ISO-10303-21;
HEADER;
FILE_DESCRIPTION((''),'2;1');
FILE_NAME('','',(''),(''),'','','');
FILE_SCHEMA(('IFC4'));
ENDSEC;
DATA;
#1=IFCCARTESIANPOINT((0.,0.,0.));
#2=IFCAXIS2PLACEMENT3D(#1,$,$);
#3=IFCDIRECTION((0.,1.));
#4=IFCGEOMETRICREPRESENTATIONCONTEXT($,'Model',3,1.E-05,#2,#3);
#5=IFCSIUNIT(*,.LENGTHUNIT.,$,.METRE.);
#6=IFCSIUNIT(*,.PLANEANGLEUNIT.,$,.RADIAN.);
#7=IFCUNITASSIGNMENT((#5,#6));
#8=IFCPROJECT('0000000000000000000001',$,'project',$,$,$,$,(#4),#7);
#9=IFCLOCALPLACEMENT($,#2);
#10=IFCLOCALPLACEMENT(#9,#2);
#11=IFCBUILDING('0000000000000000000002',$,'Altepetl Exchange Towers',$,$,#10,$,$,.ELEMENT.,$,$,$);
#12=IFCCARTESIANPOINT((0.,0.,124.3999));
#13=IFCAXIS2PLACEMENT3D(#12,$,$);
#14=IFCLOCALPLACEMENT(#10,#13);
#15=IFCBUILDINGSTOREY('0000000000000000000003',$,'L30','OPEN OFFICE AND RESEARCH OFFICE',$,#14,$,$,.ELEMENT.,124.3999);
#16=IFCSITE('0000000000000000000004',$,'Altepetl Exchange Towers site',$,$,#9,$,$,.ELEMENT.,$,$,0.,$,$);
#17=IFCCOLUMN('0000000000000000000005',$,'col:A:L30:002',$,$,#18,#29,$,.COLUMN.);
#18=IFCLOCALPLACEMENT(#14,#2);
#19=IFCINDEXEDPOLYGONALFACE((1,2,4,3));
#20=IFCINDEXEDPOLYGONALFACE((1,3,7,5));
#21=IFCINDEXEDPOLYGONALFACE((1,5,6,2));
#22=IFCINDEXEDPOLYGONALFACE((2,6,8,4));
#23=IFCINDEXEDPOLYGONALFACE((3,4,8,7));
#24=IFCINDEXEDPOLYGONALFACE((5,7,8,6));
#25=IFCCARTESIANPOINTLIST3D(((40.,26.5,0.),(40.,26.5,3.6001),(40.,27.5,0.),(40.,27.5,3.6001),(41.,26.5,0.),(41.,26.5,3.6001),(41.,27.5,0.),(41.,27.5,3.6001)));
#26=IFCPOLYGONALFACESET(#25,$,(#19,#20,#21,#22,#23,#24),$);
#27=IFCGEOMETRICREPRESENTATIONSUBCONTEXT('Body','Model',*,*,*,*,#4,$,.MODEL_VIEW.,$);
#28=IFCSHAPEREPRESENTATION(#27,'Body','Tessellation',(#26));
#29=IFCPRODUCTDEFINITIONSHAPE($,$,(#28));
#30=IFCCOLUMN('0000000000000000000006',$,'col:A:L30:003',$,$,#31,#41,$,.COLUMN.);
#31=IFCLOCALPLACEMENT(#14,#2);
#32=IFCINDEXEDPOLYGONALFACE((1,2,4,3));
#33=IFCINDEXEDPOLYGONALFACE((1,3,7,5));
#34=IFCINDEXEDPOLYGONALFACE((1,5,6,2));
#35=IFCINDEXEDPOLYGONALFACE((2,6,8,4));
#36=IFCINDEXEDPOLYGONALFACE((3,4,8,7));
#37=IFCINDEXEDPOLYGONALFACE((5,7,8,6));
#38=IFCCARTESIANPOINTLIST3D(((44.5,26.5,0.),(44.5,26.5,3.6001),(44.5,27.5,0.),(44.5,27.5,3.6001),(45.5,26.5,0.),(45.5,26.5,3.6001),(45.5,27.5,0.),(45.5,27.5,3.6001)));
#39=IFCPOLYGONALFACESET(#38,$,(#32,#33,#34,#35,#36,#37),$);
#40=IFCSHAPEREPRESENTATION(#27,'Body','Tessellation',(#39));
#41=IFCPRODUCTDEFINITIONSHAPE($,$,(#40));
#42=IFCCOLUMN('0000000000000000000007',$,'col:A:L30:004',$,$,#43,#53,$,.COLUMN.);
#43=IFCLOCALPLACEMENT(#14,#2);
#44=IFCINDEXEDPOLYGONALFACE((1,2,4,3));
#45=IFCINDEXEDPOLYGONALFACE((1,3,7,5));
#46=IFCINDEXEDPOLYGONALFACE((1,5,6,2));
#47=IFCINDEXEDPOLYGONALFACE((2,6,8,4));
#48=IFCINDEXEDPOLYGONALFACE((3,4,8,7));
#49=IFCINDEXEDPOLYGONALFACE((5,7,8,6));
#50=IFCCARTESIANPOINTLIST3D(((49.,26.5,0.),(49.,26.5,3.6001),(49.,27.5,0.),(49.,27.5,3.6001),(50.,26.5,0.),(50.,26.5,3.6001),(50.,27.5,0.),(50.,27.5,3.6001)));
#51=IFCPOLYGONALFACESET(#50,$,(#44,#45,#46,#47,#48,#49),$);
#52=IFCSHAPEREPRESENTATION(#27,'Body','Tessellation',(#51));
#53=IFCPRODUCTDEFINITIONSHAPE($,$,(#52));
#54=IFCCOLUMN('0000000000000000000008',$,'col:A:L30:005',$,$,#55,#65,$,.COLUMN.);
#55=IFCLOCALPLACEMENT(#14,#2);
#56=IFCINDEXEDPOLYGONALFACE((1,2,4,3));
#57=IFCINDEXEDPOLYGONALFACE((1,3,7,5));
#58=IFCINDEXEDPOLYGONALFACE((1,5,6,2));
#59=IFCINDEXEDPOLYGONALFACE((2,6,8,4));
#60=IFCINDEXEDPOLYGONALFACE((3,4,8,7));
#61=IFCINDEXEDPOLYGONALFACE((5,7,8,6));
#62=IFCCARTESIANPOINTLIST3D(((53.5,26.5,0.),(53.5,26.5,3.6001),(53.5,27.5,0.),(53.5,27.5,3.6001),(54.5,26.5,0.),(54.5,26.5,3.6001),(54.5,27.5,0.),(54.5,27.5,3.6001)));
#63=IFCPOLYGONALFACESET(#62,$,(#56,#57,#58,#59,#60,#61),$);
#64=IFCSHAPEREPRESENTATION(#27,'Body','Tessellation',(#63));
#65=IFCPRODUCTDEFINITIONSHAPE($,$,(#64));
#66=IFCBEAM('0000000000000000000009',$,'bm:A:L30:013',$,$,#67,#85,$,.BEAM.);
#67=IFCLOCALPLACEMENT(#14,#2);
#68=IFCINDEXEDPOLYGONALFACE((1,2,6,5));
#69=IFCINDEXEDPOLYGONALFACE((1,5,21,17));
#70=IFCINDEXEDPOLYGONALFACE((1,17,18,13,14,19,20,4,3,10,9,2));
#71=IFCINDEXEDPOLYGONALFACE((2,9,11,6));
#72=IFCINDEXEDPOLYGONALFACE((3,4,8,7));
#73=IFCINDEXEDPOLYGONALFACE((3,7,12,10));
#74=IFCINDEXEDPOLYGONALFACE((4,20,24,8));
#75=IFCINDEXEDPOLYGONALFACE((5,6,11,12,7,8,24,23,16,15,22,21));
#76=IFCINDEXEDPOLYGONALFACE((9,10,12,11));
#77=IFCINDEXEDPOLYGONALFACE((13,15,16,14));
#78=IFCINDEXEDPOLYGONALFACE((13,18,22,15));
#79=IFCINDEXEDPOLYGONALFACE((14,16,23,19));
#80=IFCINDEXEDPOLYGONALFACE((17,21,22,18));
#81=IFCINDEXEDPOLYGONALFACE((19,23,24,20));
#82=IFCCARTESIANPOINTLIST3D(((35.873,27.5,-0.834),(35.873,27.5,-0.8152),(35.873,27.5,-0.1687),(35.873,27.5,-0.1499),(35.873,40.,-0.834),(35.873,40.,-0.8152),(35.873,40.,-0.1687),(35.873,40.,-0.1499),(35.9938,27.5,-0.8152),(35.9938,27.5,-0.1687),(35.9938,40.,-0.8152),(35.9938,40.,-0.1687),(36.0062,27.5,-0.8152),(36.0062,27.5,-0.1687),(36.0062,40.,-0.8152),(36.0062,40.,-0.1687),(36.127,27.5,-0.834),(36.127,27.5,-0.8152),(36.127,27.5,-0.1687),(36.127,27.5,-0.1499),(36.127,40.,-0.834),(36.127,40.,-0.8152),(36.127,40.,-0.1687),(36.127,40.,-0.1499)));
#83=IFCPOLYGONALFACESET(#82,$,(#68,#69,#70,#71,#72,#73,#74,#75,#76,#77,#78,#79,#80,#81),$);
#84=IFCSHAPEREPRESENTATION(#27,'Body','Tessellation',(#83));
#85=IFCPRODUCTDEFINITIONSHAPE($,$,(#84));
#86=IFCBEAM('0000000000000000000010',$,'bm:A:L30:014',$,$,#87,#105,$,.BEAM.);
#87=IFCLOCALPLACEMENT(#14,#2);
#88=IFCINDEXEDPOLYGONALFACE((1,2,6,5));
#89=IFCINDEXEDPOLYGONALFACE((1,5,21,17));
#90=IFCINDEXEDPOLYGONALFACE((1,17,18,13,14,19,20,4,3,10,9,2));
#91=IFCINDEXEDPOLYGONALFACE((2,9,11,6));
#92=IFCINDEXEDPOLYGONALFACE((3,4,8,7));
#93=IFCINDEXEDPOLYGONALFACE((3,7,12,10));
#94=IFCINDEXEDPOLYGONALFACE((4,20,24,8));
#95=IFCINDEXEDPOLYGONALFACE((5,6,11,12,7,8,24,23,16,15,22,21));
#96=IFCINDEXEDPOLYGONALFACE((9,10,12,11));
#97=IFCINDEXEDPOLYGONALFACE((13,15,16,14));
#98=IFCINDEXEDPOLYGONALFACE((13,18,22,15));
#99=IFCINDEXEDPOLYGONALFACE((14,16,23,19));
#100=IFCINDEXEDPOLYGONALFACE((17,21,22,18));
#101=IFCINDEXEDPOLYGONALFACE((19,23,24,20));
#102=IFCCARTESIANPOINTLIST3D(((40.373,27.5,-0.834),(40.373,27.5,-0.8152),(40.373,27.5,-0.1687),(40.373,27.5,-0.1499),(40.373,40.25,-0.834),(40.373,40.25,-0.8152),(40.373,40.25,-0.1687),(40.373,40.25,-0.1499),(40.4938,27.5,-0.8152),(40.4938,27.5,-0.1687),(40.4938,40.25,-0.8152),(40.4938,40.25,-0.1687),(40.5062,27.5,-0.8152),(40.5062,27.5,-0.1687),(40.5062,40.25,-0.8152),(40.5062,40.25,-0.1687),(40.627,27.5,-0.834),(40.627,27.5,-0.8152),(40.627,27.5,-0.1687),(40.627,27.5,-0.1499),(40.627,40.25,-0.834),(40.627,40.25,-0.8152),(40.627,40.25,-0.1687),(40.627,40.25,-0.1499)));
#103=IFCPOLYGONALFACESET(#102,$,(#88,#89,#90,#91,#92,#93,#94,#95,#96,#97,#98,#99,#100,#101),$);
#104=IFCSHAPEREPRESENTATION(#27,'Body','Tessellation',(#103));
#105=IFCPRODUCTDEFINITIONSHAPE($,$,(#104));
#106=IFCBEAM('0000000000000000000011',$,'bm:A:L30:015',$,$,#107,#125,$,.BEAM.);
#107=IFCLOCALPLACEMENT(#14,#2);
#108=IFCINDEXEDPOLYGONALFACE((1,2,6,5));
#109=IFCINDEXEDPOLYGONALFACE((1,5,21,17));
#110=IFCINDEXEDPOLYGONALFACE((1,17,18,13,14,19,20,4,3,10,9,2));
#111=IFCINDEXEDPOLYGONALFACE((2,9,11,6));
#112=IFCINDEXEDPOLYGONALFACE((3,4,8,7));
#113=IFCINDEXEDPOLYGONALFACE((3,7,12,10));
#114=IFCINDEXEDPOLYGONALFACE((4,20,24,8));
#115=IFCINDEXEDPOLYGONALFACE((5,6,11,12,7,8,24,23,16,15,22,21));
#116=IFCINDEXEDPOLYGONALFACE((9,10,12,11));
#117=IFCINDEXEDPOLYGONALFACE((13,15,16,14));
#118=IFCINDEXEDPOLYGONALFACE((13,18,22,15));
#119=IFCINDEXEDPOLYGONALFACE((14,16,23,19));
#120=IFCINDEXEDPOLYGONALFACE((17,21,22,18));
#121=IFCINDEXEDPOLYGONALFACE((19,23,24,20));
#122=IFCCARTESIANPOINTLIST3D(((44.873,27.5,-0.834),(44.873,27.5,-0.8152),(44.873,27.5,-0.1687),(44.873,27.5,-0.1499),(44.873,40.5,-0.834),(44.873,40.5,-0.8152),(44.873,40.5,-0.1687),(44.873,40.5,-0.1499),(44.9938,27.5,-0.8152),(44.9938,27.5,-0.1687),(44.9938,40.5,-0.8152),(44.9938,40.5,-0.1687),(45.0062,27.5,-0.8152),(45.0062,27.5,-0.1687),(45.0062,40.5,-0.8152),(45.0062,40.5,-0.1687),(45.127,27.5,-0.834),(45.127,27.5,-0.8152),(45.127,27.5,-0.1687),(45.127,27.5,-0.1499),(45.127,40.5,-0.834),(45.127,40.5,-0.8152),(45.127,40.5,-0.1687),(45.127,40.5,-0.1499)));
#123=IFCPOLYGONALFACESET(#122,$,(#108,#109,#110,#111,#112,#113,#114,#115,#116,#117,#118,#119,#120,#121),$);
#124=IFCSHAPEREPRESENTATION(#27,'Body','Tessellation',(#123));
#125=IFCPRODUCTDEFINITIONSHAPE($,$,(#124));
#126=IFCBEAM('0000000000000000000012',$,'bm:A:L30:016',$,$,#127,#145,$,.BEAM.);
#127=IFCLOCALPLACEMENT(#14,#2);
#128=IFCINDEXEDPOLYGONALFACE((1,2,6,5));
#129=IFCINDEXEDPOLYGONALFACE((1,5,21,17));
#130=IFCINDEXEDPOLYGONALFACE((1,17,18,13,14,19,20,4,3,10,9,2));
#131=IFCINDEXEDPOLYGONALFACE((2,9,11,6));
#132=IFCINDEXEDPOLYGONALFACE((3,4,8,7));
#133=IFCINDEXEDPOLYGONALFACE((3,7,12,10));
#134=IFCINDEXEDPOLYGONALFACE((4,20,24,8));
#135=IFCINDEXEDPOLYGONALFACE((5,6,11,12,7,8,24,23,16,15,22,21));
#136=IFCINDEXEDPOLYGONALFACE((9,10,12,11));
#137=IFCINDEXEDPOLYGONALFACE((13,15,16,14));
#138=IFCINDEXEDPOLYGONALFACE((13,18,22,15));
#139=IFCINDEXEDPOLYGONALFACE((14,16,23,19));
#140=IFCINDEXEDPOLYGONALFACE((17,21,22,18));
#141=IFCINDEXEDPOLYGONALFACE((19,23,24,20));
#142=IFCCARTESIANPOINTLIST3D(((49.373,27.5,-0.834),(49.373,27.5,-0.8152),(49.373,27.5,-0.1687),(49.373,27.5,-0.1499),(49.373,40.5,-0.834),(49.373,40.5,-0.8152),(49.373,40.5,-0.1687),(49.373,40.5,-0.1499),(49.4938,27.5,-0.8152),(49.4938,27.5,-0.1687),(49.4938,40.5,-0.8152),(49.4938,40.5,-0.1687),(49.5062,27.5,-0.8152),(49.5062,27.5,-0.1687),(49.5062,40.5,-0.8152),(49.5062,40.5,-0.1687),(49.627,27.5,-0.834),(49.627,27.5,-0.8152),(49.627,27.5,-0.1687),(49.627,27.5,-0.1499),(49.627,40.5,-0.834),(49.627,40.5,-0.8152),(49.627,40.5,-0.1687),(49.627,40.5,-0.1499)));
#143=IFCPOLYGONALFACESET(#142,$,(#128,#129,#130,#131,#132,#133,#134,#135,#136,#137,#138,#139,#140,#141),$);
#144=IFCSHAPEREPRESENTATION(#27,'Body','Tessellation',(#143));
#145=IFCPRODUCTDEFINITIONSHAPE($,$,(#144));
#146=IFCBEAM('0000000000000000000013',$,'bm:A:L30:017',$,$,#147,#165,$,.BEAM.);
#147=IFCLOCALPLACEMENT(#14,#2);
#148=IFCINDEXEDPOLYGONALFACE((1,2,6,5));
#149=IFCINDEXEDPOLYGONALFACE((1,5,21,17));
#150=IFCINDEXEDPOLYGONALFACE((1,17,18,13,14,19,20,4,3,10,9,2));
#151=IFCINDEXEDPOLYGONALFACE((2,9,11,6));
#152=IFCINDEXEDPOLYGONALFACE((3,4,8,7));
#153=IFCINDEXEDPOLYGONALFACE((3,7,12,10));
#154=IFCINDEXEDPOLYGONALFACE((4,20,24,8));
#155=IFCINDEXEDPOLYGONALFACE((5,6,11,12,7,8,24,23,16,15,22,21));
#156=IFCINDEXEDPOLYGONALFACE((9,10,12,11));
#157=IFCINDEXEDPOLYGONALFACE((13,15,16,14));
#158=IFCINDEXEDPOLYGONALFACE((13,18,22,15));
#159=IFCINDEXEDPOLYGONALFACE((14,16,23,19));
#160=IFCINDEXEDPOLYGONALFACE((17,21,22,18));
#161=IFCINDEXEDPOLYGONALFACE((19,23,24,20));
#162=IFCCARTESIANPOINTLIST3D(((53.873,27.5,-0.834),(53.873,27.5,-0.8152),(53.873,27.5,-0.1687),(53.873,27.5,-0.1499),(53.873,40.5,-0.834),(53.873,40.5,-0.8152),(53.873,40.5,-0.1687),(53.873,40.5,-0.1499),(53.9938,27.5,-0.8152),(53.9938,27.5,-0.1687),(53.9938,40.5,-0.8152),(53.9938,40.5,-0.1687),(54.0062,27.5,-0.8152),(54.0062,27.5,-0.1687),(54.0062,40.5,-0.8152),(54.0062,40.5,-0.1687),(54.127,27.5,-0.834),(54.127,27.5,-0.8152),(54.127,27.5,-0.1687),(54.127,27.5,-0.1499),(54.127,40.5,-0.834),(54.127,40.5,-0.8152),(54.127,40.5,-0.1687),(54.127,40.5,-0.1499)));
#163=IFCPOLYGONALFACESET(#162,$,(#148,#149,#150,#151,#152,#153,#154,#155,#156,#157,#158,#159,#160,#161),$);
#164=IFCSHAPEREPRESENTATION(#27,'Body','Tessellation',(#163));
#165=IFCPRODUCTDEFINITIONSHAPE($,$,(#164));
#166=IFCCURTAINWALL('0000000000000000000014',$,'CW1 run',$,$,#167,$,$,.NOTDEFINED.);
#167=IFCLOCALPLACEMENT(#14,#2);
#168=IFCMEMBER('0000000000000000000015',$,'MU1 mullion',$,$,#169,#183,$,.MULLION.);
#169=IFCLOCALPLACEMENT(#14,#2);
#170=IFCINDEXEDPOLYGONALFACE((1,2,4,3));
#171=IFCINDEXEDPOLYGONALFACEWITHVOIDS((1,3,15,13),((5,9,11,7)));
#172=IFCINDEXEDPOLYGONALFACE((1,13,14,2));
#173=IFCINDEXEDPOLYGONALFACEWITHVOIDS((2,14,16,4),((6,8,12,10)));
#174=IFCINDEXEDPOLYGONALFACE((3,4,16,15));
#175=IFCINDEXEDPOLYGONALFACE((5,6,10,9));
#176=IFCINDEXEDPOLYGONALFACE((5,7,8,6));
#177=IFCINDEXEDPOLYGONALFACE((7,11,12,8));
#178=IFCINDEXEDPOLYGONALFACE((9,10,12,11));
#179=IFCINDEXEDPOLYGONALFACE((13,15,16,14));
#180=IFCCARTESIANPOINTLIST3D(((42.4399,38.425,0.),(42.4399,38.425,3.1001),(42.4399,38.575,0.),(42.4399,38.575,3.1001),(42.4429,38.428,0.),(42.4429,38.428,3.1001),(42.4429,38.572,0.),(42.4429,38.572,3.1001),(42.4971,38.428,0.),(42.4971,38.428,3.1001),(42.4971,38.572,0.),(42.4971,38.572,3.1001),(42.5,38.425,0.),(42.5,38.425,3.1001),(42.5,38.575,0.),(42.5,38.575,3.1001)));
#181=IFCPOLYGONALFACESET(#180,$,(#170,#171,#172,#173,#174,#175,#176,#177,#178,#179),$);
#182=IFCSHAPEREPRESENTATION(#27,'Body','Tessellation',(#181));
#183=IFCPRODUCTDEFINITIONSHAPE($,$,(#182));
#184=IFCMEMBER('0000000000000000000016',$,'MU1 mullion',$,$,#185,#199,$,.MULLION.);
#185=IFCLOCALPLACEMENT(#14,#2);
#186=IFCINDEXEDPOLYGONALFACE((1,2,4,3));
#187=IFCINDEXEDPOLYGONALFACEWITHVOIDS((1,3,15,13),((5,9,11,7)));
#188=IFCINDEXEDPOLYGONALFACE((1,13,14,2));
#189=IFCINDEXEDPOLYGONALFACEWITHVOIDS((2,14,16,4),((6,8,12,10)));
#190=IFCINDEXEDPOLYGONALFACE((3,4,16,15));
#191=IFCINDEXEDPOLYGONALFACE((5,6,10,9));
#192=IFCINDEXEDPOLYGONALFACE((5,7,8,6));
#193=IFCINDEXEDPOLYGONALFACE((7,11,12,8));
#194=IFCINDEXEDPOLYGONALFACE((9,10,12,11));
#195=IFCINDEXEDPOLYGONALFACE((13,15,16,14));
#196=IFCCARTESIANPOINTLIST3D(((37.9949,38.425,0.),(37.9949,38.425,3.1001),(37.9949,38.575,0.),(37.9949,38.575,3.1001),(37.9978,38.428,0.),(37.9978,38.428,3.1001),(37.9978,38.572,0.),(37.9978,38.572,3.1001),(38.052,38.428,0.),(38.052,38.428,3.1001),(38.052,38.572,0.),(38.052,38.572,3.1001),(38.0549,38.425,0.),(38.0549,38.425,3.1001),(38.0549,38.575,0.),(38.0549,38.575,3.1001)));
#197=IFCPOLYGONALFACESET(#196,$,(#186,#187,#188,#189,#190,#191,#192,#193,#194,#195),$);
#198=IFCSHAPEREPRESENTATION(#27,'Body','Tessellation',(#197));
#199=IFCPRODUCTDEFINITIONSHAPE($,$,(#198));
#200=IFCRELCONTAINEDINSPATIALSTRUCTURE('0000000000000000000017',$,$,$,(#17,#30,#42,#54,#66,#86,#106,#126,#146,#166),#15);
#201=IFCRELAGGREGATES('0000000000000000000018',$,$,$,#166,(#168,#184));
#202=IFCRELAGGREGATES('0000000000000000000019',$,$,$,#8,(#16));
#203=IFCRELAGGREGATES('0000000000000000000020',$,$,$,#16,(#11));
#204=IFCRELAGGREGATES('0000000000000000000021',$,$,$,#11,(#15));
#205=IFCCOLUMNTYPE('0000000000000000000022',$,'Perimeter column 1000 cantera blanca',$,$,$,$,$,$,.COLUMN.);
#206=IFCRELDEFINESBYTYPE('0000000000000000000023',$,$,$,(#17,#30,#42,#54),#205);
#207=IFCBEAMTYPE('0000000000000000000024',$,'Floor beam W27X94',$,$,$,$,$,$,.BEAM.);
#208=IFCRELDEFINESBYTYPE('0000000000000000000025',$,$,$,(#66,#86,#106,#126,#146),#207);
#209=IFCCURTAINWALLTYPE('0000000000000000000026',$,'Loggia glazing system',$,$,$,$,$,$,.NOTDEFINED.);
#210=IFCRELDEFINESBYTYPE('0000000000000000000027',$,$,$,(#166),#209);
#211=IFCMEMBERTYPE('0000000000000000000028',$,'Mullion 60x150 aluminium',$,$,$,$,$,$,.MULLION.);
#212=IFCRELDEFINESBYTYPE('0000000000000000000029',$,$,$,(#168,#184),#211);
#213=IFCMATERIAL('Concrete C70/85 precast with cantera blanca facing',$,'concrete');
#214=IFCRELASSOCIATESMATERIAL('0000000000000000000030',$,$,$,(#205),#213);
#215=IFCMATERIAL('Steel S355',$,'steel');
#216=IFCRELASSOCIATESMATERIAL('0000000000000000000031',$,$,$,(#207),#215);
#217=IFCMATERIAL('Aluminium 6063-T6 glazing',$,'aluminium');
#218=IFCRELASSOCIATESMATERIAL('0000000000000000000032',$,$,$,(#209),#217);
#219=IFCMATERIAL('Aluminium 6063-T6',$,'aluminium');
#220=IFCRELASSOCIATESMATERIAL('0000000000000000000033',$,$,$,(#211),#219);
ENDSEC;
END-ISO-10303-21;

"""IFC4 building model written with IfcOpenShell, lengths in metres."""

from ifc_helpers import new_model, si_unit, direction, frame, origin, origin_2d, place, context, subcontext, project, spatial, rectangle, hollow_rectangle, i_section, extrude, material, material_profile, profile_set, type_object, element, aggregate, save


model = new_model("IFC4")

# Units and contexts
model_context = context("Model", 3, precision=1e-05, world=origin(), true_north=direction((0.0, 1.0)))
body_context = subcontext(model_context, "Body", "Model", "MODEL_VIEW")
ifc_project = project(units=[si_unit("LENGTHUNIT", "METRE"), si_unit("PLANEANGLEUNIT", "RADIAN")], contexts=[model_context])

# Site, building, storey
site_placement = place(None, origin())
site = spatial("IfcSite", under=ifc_project, at=site_placement, Name="Altepetl Exchange Towers site", CompositionType="ELEMENT", RefElevation=0.0)
building_placement = place(site_placement, origin())
building = spatial("IfcBuilding", under=site, at=building_placement, Name="Altepetl Exchange Towers", CompositionType="ELEMENT")
storey_placement = place(building_placement, frame((0.0, 0.0, 124.3999)))
storey = spatial("IfcBuildingStorey", under=building, at=storey_placement, Name="L30", Description="OPEN OFFICE AND RESEARCH OFFICE", CompositionType="ELEMENT", Elevation=124.3999)

# Columns
ifc_material_1 = material(Name="Concrete C70/85 precast with cantera blanca facing", Category="concrete")
ifc_material_profile_1 = material_profile(ifc_material_1, rectangle(XDim=1.0, YDim=1.0, at=origin_2d()), Name="1000 x 1000")
ifc_profile_set_1 = profile_set([ifc_material_profile_1], Name="Concrete C70/85 precast with cantera blanca facing")
column_type = type_object("IfcColumnType", Name="Perimeter column 1000 cantera blanca", PredefinedType="COLUMN", material=ifc_profile_set_1)
for number, where, name in (
    (1, (40.5, 27.0, 0.0), "col:A:L30:002"),
    (2, (45.0, 27.0, 0.0), "col:A:L30:003"),
    (3, (49.5, 27.0, 0.0), "col:A:L30:004"),
    (4, (54.0, 27.0, 0.0), "col:A:L30:005"),
):
    element("IfcColumn", number, at=place(storey_placement, frame(where)), inside=storey, type_object=column_type, Name=name, PredefinedType="COLUMN", context=body_context, shape_type="SweptSolid", body=[
        extrude(rectangle(XDim=1.0, YDim=1.0, at=origin_2d()), origin(), (0.0, 0.0, 1.0), 3.6001),
    ])

# Beams
ifc_material_2 = material(Name="Steel S355", Category="steel")
ifc_material_profile_2 = material_profile(ifc_material_2, i_section(OverallWidth=0.2539, OverallDepth=0.6841, WebThickness=0.0125, FlangeThickness=0.0188, at=origin_2d()), Name="W27X94")
ifc_profile_set_2 = profile_set([ifc_material_profile_2], Name="Steel S355")
beam_type_1 = type_object("IfcBeamType", Name="Floor beam W27X94", PredefinedType="BEAM", material=ifc_profile_set_2)
beam_1_placement = place(storey_placement, frame((36.0, 27.5, -0.4919), z_axis=(0.0, 1.0, 0.0), x_axis=(-1.0, 0.0, 0.0)))
element("IfcBeam", 5, at=beam_1_placement, inside=storey, type_object=beam_type_1, Name="bm:A:L30:013", PredefinedType="BEAM", context=body_context, shape_type="SweptSolid", body=[
    extrude(i_section(OverallWidth=0.2539, OverallDepth=0.6841, WebThickness=0.0125, FlangeThickness=0.0188, at=origin_2d()), origin(), (0.0, 0.0, 1.0), 12.5),
])
beam_2_placement = place(storey_placement, frame((40.5, 27.5, -0.4919), z_axis=(0.0, 1.0, 0.0), x_axis=(-1.0, 0.0, 0.0)))
element("IfcBeam", 6, at=beam_2_placement, inside=storey, type_object=beam_type_1, Name="bm:A:L30:014", PredefinedType="BEAM", context=body_context, shape_type="SweptSolid", body=[
    extrude(i_section(OverallWidth=0.2539, OverallDepth=0.6841, WebThickness=0.0125, FlangeThickness=0.0188, at=origin_2d()), origin(), (0.0, 0.0, 1.0), 12.75),
])
for number, where, z_axis, x_axis, name in (
    (7, (45.0, 27.5, -0.4919), (0.0, 1.0, 0.0), (-1.0, 0.0, 0.0), "bm:A:L30:015"),
    (8, (49.5, 27.5, -0.4919), (0.0, 1.0, 0.0), (-1.0, 0.0, 0.0), "bm:A:L30:016"),
    (9, (54.0, 27.5, -0.4919), (0.0, 1.0, 0.0), (-1.0, 0.0, 0.0), "bm:A:L30:017"),
):
    element("IfcBeam", number, at=place(storey_placement, frame(where, z_axis=z_axis, x_axis=x_axis)), inside=storey, type_object=beam_type_1, Name=name, PredefinedType="BEAM", context=body_context, shape_type="SweptSolid", body=[
        extrude(i_section(OverallWidth=0.2539, OverallDepth=0.6841, WebThickness=0.0125, FlangeThickness=0.0188, at=origin_2d()), origin(), (0.0, 0.0, 1.0), 13.0),
    ])

# Curtain wall, members
ifc_material_3 = material(Name="Aluminium 6063-T6 glazing", Category="aluminium")
curtain_wall_type = type_object("IfcCurtainWallType", Name="Loggia glazing system", PredefinedType="NOTDEFINED", material=ifc_material_3)
curtain_wall_1_placement = place(storey_placement, origin())
curtain_wall_1 = element("IfcCurtainWall", 10, at=curtain_wall_1_placement, inside=storey, type_object=curtain_wall_type, Name="CW1 run", PredefinedType="NOTDEFINED")
ifc_material_4 = material(Name="Aluminium 6063-T6", Category="aluminium")
ifc_material_profile_3 = material_profile(ifc_material_4, hollow_rectangle(XDim=0.0601, YDim=0.1499, WallThickness=0.0029, at=origin_2d()), Name="Mullion 60x150 aluminium")
ifc_profile_set_3 = profile_set([ifc_material_profile_3], Name="Aluminium 6063-T6")
member_type = type_object("IfcMemberType", Name="Mullion 60x150 aluminium", PredefinedType="MULLION", material=ifc_profile_set_3)
member_1_placement = place(storey_placement, frame((42.47, 38.5, 0.0), z_axis=(0.0, 0.0, 1.0), x_axis=(-1.0, 0.0, 0.0)))
member_1 = element("IfcMember", 11, at=member_1_placement, type_object=member_type, Name="MU1 mullion", PredefinedType="MULLION", context=body_context, shape_type="SweptSolid", body=[
    extrude(hollow_rectangle(XDim=0.0601, YDim=0.1499, WallThickness=0.0029, at=origin_2d()), origin(), (0.0, 0.0, 1.0), 3.1001),
])
member_2_placement = place(storey_placement, frame((38.0249, 38.5, 0.0), z_axis=(0.0, 0.0, 1.0), x_axis=(-1.0, 0.0, 0.0)))
member_2 = element("IfcMember", 12, at=member_2_placement, type_object=member_type, Name="MU1 mullion", PredefinedType="MULLION", context=body_context, shape_type="SweptSolid", body=[
    extrude(hollow_rectangle(XDim=0.0601, YDim=0.1499, WallThickness=0.0029, at=origin_2d()), origin(), (0.0, 0.0, 1.0), 3.1001),
])

aggregate(curtain_wall_1, [member_1, member_2])

save(model, "model.ifc")
